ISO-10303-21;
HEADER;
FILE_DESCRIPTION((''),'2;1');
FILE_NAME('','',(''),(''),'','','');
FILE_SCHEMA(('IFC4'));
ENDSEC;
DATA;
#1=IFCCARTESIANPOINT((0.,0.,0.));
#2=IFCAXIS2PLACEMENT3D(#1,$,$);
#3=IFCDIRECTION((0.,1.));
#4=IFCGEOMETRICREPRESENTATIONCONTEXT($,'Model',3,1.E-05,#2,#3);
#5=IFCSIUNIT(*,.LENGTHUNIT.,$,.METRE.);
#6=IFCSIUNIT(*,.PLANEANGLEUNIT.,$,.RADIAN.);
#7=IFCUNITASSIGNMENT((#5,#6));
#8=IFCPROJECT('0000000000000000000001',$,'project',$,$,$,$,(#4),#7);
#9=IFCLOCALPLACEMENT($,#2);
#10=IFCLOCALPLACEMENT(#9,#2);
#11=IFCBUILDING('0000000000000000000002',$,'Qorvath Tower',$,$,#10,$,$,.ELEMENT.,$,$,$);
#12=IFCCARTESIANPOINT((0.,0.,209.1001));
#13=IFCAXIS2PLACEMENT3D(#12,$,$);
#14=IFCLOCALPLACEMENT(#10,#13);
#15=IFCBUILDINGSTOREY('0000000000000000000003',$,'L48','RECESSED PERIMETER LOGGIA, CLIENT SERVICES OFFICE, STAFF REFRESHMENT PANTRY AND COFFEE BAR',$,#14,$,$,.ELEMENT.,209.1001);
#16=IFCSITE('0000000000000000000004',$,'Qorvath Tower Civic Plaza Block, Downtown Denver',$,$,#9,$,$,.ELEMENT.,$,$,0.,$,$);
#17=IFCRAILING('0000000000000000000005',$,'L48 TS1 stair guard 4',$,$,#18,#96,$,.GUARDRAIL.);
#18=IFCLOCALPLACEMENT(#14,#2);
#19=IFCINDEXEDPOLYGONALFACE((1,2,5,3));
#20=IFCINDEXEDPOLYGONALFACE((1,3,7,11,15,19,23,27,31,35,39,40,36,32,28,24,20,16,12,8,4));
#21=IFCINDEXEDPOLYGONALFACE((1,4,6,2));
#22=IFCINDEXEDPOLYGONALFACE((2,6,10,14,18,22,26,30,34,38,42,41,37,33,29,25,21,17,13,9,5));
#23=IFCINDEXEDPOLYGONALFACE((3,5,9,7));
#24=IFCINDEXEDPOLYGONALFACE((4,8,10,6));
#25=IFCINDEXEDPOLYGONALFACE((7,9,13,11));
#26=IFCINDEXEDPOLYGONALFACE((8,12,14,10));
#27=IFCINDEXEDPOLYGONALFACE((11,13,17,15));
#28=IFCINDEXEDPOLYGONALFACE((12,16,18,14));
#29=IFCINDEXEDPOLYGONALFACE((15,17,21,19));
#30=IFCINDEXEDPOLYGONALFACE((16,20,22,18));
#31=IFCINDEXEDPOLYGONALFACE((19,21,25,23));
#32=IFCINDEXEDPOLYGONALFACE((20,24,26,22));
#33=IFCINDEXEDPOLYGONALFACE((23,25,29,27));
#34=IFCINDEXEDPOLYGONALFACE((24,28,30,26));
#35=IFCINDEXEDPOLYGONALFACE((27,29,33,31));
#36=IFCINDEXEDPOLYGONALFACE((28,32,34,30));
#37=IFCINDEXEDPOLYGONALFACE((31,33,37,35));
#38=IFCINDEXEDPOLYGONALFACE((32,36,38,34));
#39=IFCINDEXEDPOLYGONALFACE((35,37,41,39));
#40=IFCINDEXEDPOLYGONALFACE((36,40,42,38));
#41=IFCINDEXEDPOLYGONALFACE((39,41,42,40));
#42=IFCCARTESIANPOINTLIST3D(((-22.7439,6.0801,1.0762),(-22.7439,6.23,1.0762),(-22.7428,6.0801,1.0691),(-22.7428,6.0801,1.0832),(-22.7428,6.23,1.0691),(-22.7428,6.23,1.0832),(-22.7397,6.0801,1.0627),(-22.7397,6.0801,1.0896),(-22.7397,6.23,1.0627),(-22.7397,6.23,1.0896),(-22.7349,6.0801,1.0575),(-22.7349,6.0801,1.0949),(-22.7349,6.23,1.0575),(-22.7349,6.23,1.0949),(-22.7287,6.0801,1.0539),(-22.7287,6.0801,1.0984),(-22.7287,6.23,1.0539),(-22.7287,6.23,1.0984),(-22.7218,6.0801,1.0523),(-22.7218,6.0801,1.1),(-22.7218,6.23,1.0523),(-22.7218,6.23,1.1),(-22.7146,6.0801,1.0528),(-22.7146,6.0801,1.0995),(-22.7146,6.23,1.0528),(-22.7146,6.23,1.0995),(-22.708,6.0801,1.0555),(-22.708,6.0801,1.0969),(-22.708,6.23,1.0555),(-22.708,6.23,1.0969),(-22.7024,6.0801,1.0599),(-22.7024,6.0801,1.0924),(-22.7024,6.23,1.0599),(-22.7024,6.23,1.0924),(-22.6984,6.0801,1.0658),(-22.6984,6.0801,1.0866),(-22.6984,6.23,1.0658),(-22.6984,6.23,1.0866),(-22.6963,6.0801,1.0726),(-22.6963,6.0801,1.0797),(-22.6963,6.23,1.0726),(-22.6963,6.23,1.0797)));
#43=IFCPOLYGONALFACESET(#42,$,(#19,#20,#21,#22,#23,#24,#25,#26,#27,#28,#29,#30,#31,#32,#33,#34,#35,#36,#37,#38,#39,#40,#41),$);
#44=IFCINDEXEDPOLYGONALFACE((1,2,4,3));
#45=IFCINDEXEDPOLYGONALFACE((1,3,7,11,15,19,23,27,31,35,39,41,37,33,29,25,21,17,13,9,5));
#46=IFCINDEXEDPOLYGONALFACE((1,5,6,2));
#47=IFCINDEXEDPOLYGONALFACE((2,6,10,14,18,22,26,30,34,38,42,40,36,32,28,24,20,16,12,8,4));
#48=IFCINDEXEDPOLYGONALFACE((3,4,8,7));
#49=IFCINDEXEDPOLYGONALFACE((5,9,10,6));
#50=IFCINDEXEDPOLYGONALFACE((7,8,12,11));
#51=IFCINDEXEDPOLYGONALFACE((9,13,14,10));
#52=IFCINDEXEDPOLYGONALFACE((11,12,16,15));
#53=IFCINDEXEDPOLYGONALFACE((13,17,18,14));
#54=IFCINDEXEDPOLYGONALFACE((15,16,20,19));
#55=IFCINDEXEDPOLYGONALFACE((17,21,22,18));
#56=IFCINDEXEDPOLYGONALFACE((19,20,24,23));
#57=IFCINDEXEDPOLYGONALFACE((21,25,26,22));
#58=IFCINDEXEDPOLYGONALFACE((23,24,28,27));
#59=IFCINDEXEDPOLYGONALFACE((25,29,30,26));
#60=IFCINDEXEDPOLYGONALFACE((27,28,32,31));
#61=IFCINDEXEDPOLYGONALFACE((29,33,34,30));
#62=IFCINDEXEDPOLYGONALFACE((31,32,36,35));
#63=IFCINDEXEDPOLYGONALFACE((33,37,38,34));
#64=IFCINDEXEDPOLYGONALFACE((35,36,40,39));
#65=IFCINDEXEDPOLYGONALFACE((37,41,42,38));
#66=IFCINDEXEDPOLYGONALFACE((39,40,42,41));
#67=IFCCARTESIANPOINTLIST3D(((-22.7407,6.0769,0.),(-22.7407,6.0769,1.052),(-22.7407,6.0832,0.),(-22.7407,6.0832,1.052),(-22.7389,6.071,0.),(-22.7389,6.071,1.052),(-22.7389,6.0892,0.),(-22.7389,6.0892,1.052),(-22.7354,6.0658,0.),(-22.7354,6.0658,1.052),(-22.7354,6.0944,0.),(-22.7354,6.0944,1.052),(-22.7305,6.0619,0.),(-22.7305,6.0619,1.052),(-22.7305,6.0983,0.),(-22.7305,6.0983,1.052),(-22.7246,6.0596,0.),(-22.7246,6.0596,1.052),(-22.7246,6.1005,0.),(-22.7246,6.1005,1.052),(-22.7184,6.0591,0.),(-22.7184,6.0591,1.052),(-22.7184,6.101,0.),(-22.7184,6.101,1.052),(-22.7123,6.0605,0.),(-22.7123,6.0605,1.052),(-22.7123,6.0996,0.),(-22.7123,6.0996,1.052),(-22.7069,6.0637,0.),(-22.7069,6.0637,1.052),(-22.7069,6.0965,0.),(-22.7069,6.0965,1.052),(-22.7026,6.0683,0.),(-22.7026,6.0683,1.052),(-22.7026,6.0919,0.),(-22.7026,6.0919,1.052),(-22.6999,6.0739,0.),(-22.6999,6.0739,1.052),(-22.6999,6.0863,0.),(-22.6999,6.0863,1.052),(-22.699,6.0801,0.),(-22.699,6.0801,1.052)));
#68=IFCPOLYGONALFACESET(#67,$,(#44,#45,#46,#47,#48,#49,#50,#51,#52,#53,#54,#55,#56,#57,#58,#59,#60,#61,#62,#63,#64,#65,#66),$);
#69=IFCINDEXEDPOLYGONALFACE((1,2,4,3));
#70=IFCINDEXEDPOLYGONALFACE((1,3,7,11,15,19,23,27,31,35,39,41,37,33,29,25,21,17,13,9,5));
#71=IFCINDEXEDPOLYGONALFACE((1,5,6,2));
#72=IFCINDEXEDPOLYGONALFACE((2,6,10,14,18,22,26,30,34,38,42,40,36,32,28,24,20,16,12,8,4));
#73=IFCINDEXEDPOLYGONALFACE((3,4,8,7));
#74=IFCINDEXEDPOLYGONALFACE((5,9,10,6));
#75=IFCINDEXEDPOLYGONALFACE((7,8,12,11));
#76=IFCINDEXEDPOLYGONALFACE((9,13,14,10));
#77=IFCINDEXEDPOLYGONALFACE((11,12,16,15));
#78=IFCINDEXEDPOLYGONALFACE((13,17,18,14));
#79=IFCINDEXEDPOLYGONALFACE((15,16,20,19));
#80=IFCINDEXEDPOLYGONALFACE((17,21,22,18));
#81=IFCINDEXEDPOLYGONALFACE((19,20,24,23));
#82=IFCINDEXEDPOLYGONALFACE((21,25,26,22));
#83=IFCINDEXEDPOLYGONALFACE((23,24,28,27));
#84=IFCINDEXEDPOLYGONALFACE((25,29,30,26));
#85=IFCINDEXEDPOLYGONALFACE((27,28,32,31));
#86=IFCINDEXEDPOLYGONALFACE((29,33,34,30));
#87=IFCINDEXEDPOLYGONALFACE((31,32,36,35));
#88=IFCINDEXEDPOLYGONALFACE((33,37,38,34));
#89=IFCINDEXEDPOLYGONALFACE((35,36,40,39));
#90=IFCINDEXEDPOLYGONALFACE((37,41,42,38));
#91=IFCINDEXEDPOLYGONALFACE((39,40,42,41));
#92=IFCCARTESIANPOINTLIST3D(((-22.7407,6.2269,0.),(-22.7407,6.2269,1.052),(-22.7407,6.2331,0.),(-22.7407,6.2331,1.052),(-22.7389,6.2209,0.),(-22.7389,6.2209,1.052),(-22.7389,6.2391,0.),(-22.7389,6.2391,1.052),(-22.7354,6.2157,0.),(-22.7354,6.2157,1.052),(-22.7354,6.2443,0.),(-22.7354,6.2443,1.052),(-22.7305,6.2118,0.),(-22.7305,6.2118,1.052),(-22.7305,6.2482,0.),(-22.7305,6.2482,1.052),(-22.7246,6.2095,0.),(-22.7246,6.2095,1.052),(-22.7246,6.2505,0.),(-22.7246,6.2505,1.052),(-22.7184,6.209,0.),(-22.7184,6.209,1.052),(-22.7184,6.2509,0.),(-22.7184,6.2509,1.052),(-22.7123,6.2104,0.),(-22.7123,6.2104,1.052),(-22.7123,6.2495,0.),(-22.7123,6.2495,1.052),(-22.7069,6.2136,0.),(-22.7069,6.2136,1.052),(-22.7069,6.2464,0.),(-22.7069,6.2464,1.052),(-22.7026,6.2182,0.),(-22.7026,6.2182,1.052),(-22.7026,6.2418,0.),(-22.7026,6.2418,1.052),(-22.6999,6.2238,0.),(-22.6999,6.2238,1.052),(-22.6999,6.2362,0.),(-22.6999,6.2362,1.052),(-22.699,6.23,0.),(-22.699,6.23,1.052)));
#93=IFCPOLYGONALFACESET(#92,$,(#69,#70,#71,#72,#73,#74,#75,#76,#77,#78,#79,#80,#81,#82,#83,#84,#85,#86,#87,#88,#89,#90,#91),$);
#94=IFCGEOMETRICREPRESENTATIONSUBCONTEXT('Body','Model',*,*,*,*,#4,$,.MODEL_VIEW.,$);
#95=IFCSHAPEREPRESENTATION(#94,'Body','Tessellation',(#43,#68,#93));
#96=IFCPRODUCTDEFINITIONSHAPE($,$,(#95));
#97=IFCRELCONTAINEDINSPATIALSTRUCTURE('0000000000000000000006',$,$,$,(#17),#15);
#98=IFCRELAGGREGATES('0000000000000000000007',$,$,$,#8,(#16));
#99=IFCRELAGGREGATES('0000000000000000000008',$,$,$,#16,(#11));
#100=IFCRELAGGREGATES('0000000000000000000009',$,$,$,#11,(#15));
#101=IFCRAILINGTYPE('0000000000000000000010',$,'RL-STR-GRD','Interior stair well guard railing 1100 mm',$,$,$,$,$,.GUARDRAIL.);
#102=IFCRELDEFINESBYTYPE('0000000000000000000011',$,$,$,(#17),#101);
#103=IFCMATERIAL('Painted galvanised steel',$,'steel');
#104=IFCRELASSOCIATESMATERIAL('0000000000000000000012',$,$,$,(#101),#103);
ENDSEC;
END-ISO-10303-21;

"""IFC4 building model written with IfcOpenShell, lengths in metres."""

from ifc_helpers import new_model, si_unit, direction, frame, origin, origin_2d, place, context, subcontext, project, spatial, circle, extrude, material, type_object, element, save


model = new_model("IFC4")

# Units and contexts
model_context = context("Model", 3, precision=1e-05, world=origin(), true_north=direction((0.0, 1.0)))
body_context = subcontext(model_context, "Body", "Model", "MODEL_VIEW")
ifc_project = project(units=[si_unit("LENGTHUNIT", "METRE"), si_unit("PLANEANGLEUNIT", "RADIAN")], contexts=[model_context])

# Site, building, storey
site_placement = place(None, origin())
site = spatial("IfcSite", under=ifc_project, at=site_placement, Name="Qorvath Tower Civic Plaza Block, Downtown Denver", CompositionType="ELEMENT", RefElevation=0.0)
building_placement = place(site_placement, origin())
building = spatial("IfcBuilding", under=site, at=building_placement, Name="Qorvath Tower", CompositionType="ELEMENT")
storey_placement = place(building_placement, frame((0.0, 0.0, 209.1001)))
storey = spatial("IfcBuildingStorey", under=building, at=storey_placement, Name="L48", Description="RECESSED PERIMETER LOGGIA, CLIENT SERVICES OFFICE, STAFF REFRESHMENT PANTRY AND COFFEE BAR", CompositionType="ELEMENT", Elevation=209.1001)

# Railing
ifc_material_1 = material(Name="Painted galvanised steel", Category="steel")
railing_type_1 = type_object("IfcRailingType", Name="RL-STR-GRD", Description="Interior stair well guard railing 1100 mm", PredefinedType="GUARDRAIL", material=ifc_material_1)
railing_1_placement = place(storey_placement, frame((-22.72, 6.0801, 0.0)))
element("IfcRailing", 1, at=railing_1_placement, inside=storey, type_object=railing_type_1, Name="L48 TS1 stair guard 4", PredefinedType="GUARDRAIL", context=body_context, shape_type="SweptSolid", body=[
    extrude(circle(Radius=0.0239, at=origin_2d()), frame((0.0, 0.0, 1.0762), z_axis=(0.0, 1.0, 0.0), x_axis=(-1.0, 0.0, 0.0)), (0.0, 0.0, 1.0), 0.1499),
    extrude(circle(Radius=0.021, at=origin_2d()), origin(), (0.0, 0.0, 1.0), 1.052),
    extrude(circle(Radius=0.021, at=origin_2d()), frame((0.0, 0.1499, 0.0)), (0.0, 0.0, 1.0), 1.052),
])

save(model, "model.ifc")
